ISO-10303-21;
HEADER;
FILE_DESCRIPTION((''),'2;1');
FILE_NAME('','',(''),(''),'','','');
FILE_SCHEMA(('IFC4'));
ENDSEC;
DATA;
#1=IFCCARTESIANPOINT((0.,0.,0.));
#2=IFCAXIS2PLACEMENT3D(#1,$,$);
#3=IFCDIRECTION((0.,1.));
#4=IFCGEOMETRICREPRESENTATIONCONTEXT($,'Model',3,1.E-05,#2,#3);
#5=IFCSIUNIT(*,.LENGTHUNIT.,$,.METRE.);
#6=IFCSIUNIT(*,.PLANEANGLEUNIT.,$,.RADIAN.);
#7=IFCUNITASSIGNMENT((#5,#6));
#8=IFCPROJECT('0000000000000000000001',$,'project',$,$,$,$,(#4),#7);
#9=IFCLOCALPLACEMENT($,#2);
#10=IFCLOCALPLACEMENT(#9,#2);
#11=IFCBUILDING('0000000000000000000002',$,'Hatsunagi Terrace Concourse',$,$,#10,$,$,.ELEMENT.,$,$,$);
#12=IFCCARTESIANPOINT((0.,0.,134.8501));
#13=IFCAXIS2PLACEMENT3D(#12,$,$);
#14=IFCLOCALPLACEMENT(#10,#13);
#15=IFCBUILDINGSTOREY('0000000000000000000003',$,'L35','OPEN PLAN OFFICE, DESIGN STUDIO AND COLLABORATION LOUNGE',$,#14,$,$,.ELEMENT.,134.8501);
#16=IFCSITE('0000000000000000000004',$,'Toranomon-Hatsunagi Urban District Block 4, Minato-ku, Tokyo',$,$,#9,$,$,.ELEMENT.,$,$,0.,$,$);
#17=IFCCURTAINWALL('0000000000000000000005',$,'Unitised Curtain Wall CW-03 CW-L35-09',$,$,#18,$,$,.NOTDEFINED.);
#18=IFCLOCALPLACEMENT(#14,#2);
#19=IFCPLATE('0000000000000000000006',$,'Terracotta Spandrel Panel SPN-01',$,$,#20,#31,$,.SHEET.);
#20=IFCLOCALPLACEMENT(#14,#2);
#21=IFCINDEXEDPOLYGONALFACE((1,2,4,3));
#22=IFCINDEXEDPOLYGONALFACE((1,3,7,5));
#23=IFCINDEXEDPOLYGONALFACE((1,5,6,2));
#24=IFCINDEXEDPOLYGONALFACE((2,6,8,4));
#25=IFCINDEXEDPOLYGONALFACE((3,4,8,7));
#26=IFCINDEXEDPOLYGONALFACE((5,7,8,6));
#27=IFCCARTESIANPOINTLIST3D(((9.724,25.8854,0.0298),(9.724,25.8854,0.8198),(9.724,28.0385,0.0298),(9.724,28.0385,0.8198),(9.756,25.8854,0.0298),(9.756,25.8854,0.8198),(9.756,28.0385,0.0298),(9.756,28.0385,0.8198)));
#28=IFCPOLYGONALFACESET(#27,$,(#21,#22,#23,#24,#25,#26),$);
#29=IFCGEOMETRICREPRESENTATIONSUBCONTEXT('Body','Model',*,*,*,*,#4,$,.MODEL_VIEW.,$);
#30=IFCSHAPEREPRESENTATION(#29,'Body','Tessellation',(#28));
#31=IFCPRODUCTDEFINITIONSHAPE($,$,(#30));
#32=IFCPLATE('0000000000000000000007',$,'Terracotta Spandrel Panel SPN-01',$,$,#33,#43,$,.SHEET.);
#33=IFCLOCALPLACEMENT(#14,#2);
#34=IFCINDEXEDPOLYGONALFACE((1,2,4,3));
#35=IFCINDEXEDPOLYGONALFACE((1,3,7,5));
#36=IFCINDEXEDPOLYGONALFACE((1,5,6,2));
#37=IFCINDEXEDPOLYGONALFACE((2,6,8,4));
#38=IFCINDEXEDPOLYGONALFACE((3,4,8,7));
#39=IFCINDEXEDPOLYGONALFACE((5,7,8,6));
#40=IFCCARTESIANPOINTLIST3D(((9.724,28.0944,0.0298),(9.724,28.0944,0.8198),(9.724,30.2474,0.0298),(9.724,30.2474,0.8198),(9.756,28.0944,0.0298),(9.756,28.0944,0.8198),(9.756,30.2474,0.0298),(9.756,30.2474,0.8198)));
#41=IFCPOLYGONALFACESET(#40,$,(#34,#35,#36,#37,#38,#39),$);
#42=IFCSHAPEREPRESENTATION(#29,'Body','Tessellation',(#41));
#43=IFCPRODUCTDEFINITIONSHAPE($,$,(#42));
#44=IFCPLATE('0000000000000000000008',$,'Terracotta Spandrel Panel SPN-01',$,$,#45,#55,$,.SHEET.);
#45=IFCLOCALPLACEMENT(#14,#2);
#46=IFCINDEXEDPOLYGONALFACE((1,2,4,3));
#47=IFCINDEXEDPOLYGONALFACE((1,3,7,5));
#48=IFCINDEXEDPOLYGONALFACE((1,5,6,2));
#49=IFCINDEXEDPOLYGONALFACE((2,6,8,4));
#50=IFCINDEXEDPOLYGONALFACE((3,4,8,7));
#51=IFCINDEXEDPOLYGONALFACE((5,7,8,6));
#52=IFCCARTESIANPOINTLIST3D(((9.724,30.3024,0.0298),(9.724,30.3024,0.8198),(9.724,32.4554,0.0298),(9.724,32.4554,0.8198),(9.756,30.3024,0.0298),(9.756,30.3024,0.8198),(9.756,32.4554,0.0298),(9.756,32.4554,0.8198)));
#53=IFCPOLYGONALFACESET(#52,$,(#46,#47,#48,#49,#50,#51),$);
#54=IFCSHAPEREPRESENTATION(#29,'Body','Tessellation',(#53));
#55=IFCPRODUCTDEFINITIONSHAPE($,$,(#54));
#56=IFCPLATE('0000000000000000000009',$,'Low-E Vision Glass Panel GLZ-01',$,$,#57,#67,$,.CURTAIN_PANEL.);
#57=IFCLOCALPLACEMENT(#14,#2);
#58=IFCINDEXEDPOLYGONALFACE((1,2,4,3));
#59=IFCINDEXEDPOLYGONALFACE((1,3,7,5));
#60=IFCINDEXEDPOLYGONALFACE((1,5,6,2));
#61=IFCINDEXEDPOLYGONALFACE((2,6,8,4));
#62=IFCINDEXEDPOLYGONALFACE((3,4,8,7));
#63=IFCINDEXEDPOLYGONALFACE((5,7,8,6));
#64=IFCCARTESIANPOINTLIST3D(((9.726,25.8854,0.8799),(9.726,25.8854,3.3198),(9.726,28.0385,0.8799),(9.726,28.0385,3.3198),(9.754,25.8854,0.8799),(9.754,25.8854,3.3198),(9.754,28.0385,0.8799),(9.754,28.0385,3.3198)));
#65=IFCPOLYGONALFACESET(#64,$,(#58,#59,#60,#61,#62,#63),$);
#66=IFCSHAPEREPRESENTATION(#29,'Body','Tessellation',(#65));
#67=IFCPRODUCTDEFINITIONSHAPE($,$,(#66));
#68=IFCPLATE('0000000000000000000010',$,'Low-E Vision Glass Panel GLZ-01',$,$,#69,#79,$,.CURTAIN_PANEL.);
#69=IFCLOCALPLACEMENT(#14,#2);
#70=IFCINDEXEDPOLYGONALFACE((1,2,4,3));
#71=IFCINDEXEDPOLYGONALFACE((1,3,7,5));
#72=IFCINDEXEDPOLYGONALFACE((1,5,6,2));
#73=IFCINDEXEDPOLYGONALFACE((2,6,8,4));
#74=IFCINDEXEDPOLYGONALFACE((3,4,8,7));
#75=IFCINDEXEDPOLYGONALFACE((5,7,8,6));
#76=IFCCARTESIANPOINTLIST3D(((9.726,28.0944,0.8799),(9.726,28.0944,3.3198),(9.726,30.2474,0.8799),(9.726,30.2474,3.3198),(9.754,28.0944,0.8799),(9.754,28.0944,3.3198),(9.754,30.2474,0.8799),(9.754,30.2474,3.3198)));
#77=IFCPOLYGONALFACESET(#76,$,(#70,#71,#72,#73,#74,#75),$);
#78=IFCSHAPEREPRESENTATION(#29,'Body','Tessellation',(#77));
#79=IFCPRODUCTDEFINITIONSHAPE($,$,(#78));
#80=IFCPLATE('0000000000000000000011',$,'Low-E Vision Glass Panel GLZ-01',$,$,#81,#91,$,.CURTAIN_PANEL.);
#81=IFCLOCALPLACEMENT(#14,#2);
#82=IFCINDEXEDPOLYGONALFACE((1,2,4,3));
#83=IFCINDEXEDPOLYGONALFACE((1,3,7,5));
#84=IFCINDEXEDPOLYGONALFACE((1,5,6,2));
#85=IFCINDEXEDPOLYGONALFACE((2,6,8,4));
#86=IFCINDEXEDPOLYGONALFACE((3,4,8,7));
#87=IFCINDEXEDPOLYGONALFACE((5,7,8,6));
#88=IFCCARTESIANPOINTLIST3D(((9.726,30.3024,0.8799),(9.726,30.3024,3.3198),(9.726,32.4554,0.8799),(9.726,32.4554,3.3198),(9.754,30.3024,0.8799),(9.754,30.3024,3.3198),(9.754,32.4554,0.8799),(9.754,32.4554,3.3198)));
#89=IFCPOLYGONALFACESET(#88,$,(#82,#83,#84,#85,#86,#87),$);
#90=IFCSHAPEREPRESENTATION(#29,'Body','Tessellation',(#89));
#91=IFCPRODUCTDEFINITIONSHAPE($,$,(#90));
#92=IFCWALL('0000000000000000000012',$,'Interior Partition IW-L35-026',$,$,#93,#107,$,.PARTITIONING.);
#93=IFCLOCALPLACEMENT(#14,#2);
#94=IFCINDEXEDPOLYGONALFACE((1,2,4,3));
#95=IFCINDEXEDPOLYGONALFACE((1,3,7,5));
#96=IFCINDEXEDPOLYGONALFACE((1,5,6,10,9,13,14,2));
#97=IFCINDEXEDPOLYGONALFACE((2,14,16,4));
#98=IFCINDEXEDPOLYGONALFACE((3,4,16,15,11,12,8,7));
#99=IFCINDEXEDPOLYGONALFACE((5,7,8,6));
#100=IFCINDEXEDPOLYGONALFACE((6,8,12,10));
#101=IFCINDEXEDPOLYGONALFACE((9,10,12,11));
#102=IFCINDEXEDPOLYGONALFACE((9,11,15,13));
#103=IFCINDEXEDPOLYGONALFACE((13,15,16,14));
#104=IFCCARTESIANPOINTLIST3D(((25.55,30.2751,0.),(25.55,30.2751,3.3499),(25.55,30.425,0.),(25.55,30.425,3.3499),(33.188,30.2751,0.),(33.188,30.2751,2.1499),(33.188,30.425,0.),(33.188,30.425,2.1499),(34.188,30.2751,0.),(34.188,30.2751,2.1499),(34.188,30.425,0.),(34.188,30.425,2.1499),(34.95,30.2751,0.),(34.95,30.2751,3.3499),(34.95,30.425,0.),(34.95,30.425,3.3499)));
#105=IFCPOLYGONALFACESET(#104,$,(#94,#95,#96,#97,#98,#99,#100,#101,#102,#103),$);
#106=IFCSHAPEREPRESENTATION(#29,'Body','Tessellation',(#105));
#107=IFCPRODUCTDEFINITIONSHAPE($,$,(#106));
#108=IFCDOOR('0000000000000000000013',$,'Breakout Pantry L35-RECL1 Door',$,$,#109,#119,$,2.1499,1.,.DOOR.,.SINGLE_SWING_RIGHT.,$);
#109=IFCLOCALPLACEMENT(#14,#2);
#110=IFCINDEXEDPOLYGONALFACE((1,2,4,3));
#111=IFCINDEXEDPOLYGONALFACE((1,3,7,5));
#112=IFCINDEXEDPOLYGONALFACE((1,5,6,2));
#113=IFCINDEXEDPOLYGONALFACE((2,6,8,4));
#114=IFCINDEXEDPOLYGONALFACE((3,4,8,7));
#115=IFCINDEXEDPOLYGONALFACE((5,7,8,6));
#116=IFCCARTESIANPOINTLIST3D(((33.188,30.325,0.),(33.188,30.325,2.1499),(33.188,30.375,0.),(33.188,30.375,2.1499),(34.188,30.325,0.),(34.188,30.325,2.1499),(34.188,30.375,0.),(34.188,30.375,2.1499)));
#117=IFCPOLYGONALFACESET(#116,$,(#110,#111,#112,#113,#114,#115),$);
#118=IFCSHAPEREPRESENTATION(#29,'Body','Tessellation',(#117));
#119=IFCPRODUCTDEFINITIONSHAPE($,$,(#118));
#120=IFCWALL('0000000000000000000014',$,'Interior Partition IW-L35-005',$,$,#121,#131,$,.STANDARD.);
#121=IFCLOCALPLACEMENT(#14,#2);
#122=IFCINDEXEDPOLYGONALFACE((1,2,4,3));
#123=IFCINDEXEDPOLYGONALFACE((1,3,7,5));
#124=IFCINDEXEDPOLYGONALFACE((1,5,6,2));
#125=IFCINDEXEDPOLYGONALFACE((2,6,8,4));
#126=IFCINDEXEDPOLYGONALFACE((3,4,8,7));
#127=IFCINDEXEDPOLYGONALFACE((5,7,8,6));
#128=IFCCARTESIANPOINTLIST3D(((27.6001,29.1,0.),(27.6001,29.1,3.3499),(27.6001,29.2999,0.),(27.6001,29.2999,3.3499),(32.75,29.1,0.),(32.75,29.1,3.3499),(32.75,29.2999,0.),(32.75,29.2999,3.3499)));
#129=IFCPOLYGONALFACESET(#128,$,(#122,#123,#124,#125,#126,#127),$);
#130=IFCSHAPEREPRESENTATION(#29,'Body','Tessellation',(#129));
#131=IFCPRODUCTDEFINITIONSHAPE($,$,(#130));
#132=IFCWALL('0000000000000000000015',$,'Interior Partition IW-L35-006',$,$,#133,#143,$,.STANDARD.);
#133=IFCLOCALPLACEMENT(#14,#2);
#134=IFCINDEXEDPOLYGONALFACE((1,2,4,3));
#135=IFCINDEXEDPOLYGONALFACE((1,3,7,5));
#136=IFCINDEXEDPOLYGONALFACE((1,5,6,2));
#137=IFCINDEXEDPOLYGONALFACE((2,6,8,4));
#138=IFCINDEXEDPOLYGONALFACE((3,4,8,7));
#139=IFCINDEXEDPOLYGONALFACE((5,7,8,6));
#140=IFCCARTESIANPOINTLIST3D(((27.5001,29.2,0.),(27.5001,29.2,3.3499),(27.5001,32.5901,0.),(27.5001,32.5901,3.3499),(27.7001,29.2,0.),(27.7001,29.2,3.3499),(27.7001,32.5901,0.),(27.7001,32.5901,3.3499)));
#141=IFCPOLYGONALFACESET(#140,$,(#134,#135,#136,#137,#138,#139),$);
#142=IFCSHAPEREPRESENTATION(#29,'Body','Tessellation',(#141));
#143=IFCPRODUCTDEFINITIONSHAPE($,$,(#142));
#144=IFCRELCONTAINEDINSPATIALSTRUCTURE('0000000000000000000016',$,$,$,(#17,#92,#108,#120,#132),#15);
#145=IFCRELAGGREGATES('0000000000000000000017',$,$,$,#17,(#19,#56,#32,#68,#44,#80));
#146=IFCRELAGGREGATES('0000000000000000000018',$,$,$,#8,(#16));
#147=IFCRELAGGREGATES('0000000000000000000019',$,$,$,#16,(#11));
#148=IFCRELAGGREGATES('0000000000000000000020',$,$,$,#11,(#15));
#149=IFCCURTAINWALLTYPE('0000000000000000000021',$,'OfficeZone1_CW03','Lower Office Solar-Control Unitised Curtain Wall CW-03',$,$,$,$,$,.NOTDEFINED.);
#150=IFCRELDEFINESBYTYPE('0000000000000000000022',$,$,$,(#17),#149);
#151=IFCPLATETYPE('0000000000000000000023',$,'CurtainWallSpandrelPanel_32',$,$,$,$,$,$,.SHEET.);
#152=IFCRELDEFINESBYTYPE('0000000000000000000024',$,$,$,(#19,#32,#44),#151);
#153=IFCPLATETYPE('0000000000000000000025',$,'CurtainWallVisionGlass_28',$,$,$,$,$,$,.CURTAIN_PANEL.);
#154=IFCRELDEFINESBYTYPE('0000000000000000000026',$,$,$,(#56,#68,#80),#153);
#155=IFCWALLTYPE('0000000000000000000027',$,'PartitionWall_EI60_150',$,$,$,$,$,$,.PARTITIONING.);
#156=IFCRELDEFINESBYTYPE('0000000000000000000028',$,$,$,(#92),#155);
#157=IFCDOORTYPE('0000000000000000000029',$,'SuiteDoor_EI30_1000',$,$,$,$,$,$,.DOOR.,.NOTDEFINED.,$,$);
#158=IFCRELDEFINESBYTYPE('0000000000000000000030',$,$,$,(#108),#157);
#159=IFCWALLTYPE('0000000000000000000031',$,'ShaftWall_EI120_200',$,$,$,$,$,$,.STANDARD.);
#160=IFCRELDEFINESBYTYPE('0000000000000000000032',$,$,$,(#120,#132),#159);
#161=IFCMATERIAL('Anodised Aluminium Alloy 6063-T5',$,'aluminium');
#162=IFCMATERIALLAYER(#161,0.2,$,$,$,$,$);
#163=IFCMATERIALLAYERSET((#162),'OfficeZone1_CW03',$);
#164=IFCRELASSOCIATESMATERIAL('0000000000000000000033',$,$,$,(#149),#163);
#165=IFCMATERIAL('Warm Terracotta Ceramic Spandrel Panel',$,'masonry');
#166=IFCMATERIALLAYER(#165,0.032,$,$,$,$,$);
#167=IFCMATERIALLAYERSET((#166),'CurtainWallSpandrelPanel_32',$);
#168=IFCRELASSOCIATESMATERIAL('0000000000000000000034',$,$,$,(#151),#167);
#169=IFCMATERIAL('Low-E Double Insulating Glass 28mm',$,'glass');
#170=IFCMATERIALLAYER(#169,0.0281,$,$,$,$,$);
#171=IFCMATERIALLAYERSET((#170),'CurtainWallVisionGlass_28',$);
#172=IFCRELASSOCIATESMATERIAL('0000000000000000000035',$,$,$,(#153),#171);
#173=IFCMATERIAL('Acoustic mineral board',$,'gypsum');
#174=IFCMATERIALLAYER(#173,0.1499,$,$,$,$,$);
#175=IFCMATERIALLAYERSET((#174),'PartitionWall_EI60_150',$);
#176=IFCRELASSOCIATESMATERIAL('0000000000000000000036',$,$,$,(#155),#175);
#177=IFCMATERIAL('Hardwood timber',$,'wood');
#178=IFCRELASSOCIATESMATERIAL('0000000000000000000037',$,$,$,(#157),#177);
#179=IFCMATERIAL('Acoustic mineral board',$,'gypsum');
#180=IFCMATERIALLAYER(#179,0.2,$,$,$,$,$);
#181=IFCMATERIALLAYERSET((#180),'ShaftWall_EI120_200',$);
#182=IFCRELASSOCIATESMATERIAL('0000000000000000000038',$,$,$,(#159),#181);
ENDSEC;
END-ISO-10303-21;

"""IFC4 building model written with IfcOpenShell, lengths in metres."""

from ifc_helpers import new_model, si_unit, direction, frame, frame_2d, origin, origin_2d, place, context, subcontext, project, spatial, rectangle, extrude, material, layer, layer_set, type_object, element, fill, aggregate, save


model = new_model("IFC4")

# Units and contexts
model_context = context("Model", 3, precision=1e-05, world=origin(), true_north=direction((0.0, 1.0)))
body_context = subcontext(model_context, "Body", "Model", "MODEL_VIEW")
ifc_project = project(units=[si_unit("LENGTHUNIT", "METRE"), si_unit("PLANEANGLEUNIT", "RADIAN")], contexts=[model_context])

# Site, building, storey
site_placement = place(None, origin())
site = spatial("IfcSite", under=ifc_project, at=site_placement, Name="Toranomon-Hatsunagi Urban District Block 4, Minato-ku, Tokyo", CompositionType="ELEMENT", RefElevation=0.0)
building_placement = place(site_placement, origin())
building = spatial("IfcBuilding", under=site, at=building_placement, Name="Hatsunagi Terrace Concourse", CompositionType="ELEMENT")
storey_placement = place(building_placement, frame((0.0, 0.0, 134.8501)))
storey = spatial("IfcBuildingStorey", under=building, at=storey_placement, Name="L35", Description="OPEN PLAN OFFICE, DESIGN STUDIO AND COLLABORATION LOUNGE", CompositionType="ELEMENT", Elevation=134.8501)

# Curtain wall
ifc_material_1 = material(Name="Anodised Aluminium Alloy 6063-T5", Category="aluminium")
ifc_layer_1 = layer(ifc_material_1, 0.2)
ifc_layer_set_1 = layer_set([ifc_layer_1], Name="OfficeZone1_CW03")
curtain_wall_type = type_object("IfcCurtainWallType", Name="OfficeZone1_CW03", Description="Lower Office Solar-Control Unitised Curtain Wall CW-03", PredefinedType="NOTDEFINED", material=ifc_layer_set_1)
curtain_wall_placement = place(storey_placement, origin())
curtain_wall = element("IfcCurtainWall", 1, at=curtain_wall_placement, inside=storey, type_object=curtain_wall_type, Name="Unitised Curtain Wall CW-03 CW-L35-09", PredefinedType="NOTDEFINED")

# Plates
ifc_material_2 = material(Name="Warm Terracotta Ceramic Spandrel Panel", Category="masonry")
ifc_layer_2 = layer(ifc_material_2, 0.032)
ifc_layer_set_2 = layer_set([ifc_layer_2], Name="CurtainWallSpandrelPanel_32")
plate_type_1 = type_object("IfcPlateType", Name="CurtainWallSpandrelPanel_32", PredefinedType="SHEET", material=ifc_layer_set_2)
plate_1_placement = place(storey_placement, frame((9.74, 26.9619, 0.0298), z_axis=(0.0, 0.0, 1.0), x_axis=(0.0, 1.0, 0.0)))
plate_1 = element("IfcPlate", 2, at=plate_1_placement, type_object=plate_type_1, Name="Terracotta Spandrel Panel SPN-01", PredefinedType="SHEET", context=body_context, shape_type="SweptSolid", body=[
    extrude(rectangle(XDim=2.1531, YDim=0.032, at=origin_2d()), origin(), (0.0, 0.0, 1.0), 0.79),
])
plate_2_placement = place(storey_placement, frame((9.74, 29.1709, 0.0298), z_axis=(0.0, 0.0, 1.0), x_axis=(0.0, 1.0, 0.0)))
plate_2 = element("IfcPlate", 3, at=plate_2_placement, type_object=plate_type_1, Name="Terracotta Spandrel Panel SPN-01", PredefinedType="SHEET", context=body_context, shape_type="SweptSolid", body=[
    extrude(rectangle(XDim=2.1531, YDim=0.032, at=origin_2d()), origin(), (0.0, 0.0, 1.0), 0.79),
])
plate_3_placement = place(storey_placement, frame((9.74, 31.3789, 0.0298), z_axis=(0.0, 0.0, 1.0), x_axis=(0.0, 1.0, 0.0)))
plate_3 = element("IfcPlate", 4, at=plate_3_placement, type_object=plate_type_1, Name="Terracotta Spandrel Panel SPN-01", PredefinedType="SHEET", context=body_context, shape_type="SweptSolid", body=[
    extrude(rectangle(XDim=2.1531, YDim=0.032, at=origin_2d()), origin(), (0.0, 0.0, 1.0), 0.79),
])
ifc_material_3 = material(Name="Low-E Double Insulating Glass 28mm", Category="glass")
ifc_layer_3 = layer(ifc_material_3, 0.0281)
ifc_layer_set_3 = layer_set([ifc_layer_3], Name="CurtainWallVisionGlass_28")
plate_type_2 = type_object("IfcPlateType", Name="CurtainWallVisionGlass_28", PredefinedType="CURTAIN_PANEL", material=ifc_layer_set_3)
plate_4_placement = place(storey_placement, frame((9.74, 26.9619, 0.8799), z_axis=(0.0, 0.0, 1.0), x_axis=(0.0, 1.0, 0.0)))
plate_4 = element("IfcPlate", 5, at=plate_4_placement, type_object=plate_type_2, Name="Low-E Vision Glass Panel GLZ-01", PredefinedType="CURTAIN_PANEL", context=body_context, shape_type="SweptSolid", body=[
    extrude(rectangle(XDim=2.1531, YDim=0.0281, at=origin_2d()), origin(), (0.0, 0.0, 1.0), 2.4399),
])
plate_5_placement = place(storey_placement, frame((9.74, 29.1709, 0.8799), z_axis=(0.0, 0.0, 1.0), x_axis=(0.0, 1.0, 0.0)))
plate_5 = element("IfcPlate", 6, at=plate_5_placement, type_object=plate_type_2, Name="Low-E Vision Glass Panel GLZ-01", PredefinedType="CURTAIN_PANEL", context=body_context, shape_type="SweptSolid", body=[
    extrude(rectangle(XDim=2.1531, YDim=0.0281, at=origin_2d()), origin(), (0.0, 0.0, 1.0), 2.4399),
])
plate_6_placement = place(storey_placement, frame((9.74, 31.3789, 0.8799), z_axis=(0.0, 0.0, 1.0), x_axis=(0.0, 1.0, 0.0)))
plate_6 = element("IfcPlate", 7, at=plate_6_placement, type_object=plate_type_2, Name="Low-E Vision Glass Panel GLZ-01", PredefinedType="CURTAIN_PANEL", context=body_context, shape_type="SweptSolid", body=[
    extrude(rectangle(XDim=2.1531, YDim=0.0281, at=origin_2d()), origin(), (0.0, 0.0, 1.0), 2.4399),
])
aggregate(curtain_wall, [plate_1, plate_4, plate_2, plate_5, plate_3, plate_6])

# Wall, opening, door
ifc_material_4 = material(Name="Acoustic mineral board", Category="gypsum")
ifc_layer_4 = layer(ifc_material_4, 0.1499)
ifc_layer_set_4 = layer_set([ifc_layer_4], Name="PartitionWall_EI60_150")
wall_type_1 = type_object("IfcWallType", Name="PartitionWall_EI60_150", PredefinedType="PARTITIONING", material=ifc_layer_set_4)
wall_1_placement = place(storey_placement, frame((25.55, 30.3501, 0.0), z_axis=(0.0, 0.0, 1.0), x_axis=(1.0, 0.0, 0.0)))
wall_1 = element("IfcWall", 8, at=wall_1_placement, inside=storey, type_object=wall_type_1, Name="Interior Partition IW-L35-026", PredefinedType="PARTITIONING", context=body_context, shape_type="SweptSolid", body=[
    extrude(rectangle(XDim=9.3999, YDim=0.1499, at=frame_2d((4.7, 0.0))), origin(), (0.0, 0.0, 1.0), 3.3499),
])
opening_placement = place(wall_1_placement, frame((7.6379, 0.0, 0.0)))
opening = element("IfcOpeningElement", 9, at=opening_placement, cuts=wall_1, PredefinedType="OPENING", context=body_context, shape_type="SweptSolid", body=[
    extrude(rectangle(XDim=1.0, YDim=2.1499, at=frame_2d((0.5, 1.075))), frame((0.0, 0.085, 0.0), z_axis=(0.0, -1.0, 0.0), x_axis=(1.0, 0.0, 0.0)), (0.0, 0.0, 1.0), 0.1699),
])
ifc_material_5 = material(Name="Hardwood timber", Category="wood")
door_type = type_object("IfcDoorType", Name="SuiteDoor_EI30_1000", OperationType="NOTDEFINED", PredefinedType="DOOR", material=ifc_material_5)
door_placement = place(opening_placement, origin())
door = element("IfcDoor", 10, at=door_placement, inside=storey, type_object=door_type, Name="Breakout Pantry L35-RECL1 Door", OperationType="SINGLE_SWING_RIGHT", OverallHeight=2.1499, OverallWidth=1.0, PredefinedType="DOOR", context=body_context, shape_type="SweptSolid", body=[
    extrude(rectangle(XDim=1.0, YDim=2.1499, at=frame_2d((0.5, 1.075))), frame((0.0, 0.0249, 0.0), z_axis=(0.0, -1.0, 0.0), x_axis=(1.0, 0.0, 0.0)), (0.0, 0.0, 1.0), 0.05),
])
fill(opening, door)

# Walls
ifc_material_6 = material(Name="Acoustic mineral board", Category="gypsum")
ifc_layer_5 = layer(ifc_material_6, 0.2)
ifc_layer_set_5 = layer_set([ifc_layer_5], Name="ShaftWall_EI120_200")
wall_type_2 = type_object("IfcWallType", Name="ShaftWall_EI120_200", PredefinedType="STANDARD", material=ifc_layer_set_5)
wall_2_placement = place(storey_placement, frame((27.6001, 29.2, 0.0), z_axis=(0.0, 0.0, 1.0), x_axis=(1.0, 0.0, 0.0)))
element("IfcWall", 11, at=wall_2_placement, inside=storey, type_object=wall_type_2, Name="Interior Partition IW-L35-005", PredefinedType="STANDARD", context=body_context, shape_type="SweptSolid", body=[
    extrude(rectangle(XDim=5.1499, YDim=0.2, at=frame_2d((2.575, 0.0))), origin(), (0.0, 0.0, 1.0), 3.3499),
])
wall_3_placement = place(storey_placement, frame((27.6001, 29.2, 0.0), z_axis=(0.0, 0.0, 1.0), x_axis=(0.0, 1.0, 0.0)))
element("IfcWall", 12, at=wall_3_placement, inside=storey, type_object=wall_type_2, Name="Interior Partition IW-L35-006", PredefinedType="STANDARD", context=body_context, shape_type="SweptSolid", body=[
    extrude(rectangle(XDim=3.3901, YDim=0.2, at=frame_2d((1.6951, 0.0))), origin(), (0.0, 0.0, 1.0), 3.3499),
])

save(model, "model.ifc")
